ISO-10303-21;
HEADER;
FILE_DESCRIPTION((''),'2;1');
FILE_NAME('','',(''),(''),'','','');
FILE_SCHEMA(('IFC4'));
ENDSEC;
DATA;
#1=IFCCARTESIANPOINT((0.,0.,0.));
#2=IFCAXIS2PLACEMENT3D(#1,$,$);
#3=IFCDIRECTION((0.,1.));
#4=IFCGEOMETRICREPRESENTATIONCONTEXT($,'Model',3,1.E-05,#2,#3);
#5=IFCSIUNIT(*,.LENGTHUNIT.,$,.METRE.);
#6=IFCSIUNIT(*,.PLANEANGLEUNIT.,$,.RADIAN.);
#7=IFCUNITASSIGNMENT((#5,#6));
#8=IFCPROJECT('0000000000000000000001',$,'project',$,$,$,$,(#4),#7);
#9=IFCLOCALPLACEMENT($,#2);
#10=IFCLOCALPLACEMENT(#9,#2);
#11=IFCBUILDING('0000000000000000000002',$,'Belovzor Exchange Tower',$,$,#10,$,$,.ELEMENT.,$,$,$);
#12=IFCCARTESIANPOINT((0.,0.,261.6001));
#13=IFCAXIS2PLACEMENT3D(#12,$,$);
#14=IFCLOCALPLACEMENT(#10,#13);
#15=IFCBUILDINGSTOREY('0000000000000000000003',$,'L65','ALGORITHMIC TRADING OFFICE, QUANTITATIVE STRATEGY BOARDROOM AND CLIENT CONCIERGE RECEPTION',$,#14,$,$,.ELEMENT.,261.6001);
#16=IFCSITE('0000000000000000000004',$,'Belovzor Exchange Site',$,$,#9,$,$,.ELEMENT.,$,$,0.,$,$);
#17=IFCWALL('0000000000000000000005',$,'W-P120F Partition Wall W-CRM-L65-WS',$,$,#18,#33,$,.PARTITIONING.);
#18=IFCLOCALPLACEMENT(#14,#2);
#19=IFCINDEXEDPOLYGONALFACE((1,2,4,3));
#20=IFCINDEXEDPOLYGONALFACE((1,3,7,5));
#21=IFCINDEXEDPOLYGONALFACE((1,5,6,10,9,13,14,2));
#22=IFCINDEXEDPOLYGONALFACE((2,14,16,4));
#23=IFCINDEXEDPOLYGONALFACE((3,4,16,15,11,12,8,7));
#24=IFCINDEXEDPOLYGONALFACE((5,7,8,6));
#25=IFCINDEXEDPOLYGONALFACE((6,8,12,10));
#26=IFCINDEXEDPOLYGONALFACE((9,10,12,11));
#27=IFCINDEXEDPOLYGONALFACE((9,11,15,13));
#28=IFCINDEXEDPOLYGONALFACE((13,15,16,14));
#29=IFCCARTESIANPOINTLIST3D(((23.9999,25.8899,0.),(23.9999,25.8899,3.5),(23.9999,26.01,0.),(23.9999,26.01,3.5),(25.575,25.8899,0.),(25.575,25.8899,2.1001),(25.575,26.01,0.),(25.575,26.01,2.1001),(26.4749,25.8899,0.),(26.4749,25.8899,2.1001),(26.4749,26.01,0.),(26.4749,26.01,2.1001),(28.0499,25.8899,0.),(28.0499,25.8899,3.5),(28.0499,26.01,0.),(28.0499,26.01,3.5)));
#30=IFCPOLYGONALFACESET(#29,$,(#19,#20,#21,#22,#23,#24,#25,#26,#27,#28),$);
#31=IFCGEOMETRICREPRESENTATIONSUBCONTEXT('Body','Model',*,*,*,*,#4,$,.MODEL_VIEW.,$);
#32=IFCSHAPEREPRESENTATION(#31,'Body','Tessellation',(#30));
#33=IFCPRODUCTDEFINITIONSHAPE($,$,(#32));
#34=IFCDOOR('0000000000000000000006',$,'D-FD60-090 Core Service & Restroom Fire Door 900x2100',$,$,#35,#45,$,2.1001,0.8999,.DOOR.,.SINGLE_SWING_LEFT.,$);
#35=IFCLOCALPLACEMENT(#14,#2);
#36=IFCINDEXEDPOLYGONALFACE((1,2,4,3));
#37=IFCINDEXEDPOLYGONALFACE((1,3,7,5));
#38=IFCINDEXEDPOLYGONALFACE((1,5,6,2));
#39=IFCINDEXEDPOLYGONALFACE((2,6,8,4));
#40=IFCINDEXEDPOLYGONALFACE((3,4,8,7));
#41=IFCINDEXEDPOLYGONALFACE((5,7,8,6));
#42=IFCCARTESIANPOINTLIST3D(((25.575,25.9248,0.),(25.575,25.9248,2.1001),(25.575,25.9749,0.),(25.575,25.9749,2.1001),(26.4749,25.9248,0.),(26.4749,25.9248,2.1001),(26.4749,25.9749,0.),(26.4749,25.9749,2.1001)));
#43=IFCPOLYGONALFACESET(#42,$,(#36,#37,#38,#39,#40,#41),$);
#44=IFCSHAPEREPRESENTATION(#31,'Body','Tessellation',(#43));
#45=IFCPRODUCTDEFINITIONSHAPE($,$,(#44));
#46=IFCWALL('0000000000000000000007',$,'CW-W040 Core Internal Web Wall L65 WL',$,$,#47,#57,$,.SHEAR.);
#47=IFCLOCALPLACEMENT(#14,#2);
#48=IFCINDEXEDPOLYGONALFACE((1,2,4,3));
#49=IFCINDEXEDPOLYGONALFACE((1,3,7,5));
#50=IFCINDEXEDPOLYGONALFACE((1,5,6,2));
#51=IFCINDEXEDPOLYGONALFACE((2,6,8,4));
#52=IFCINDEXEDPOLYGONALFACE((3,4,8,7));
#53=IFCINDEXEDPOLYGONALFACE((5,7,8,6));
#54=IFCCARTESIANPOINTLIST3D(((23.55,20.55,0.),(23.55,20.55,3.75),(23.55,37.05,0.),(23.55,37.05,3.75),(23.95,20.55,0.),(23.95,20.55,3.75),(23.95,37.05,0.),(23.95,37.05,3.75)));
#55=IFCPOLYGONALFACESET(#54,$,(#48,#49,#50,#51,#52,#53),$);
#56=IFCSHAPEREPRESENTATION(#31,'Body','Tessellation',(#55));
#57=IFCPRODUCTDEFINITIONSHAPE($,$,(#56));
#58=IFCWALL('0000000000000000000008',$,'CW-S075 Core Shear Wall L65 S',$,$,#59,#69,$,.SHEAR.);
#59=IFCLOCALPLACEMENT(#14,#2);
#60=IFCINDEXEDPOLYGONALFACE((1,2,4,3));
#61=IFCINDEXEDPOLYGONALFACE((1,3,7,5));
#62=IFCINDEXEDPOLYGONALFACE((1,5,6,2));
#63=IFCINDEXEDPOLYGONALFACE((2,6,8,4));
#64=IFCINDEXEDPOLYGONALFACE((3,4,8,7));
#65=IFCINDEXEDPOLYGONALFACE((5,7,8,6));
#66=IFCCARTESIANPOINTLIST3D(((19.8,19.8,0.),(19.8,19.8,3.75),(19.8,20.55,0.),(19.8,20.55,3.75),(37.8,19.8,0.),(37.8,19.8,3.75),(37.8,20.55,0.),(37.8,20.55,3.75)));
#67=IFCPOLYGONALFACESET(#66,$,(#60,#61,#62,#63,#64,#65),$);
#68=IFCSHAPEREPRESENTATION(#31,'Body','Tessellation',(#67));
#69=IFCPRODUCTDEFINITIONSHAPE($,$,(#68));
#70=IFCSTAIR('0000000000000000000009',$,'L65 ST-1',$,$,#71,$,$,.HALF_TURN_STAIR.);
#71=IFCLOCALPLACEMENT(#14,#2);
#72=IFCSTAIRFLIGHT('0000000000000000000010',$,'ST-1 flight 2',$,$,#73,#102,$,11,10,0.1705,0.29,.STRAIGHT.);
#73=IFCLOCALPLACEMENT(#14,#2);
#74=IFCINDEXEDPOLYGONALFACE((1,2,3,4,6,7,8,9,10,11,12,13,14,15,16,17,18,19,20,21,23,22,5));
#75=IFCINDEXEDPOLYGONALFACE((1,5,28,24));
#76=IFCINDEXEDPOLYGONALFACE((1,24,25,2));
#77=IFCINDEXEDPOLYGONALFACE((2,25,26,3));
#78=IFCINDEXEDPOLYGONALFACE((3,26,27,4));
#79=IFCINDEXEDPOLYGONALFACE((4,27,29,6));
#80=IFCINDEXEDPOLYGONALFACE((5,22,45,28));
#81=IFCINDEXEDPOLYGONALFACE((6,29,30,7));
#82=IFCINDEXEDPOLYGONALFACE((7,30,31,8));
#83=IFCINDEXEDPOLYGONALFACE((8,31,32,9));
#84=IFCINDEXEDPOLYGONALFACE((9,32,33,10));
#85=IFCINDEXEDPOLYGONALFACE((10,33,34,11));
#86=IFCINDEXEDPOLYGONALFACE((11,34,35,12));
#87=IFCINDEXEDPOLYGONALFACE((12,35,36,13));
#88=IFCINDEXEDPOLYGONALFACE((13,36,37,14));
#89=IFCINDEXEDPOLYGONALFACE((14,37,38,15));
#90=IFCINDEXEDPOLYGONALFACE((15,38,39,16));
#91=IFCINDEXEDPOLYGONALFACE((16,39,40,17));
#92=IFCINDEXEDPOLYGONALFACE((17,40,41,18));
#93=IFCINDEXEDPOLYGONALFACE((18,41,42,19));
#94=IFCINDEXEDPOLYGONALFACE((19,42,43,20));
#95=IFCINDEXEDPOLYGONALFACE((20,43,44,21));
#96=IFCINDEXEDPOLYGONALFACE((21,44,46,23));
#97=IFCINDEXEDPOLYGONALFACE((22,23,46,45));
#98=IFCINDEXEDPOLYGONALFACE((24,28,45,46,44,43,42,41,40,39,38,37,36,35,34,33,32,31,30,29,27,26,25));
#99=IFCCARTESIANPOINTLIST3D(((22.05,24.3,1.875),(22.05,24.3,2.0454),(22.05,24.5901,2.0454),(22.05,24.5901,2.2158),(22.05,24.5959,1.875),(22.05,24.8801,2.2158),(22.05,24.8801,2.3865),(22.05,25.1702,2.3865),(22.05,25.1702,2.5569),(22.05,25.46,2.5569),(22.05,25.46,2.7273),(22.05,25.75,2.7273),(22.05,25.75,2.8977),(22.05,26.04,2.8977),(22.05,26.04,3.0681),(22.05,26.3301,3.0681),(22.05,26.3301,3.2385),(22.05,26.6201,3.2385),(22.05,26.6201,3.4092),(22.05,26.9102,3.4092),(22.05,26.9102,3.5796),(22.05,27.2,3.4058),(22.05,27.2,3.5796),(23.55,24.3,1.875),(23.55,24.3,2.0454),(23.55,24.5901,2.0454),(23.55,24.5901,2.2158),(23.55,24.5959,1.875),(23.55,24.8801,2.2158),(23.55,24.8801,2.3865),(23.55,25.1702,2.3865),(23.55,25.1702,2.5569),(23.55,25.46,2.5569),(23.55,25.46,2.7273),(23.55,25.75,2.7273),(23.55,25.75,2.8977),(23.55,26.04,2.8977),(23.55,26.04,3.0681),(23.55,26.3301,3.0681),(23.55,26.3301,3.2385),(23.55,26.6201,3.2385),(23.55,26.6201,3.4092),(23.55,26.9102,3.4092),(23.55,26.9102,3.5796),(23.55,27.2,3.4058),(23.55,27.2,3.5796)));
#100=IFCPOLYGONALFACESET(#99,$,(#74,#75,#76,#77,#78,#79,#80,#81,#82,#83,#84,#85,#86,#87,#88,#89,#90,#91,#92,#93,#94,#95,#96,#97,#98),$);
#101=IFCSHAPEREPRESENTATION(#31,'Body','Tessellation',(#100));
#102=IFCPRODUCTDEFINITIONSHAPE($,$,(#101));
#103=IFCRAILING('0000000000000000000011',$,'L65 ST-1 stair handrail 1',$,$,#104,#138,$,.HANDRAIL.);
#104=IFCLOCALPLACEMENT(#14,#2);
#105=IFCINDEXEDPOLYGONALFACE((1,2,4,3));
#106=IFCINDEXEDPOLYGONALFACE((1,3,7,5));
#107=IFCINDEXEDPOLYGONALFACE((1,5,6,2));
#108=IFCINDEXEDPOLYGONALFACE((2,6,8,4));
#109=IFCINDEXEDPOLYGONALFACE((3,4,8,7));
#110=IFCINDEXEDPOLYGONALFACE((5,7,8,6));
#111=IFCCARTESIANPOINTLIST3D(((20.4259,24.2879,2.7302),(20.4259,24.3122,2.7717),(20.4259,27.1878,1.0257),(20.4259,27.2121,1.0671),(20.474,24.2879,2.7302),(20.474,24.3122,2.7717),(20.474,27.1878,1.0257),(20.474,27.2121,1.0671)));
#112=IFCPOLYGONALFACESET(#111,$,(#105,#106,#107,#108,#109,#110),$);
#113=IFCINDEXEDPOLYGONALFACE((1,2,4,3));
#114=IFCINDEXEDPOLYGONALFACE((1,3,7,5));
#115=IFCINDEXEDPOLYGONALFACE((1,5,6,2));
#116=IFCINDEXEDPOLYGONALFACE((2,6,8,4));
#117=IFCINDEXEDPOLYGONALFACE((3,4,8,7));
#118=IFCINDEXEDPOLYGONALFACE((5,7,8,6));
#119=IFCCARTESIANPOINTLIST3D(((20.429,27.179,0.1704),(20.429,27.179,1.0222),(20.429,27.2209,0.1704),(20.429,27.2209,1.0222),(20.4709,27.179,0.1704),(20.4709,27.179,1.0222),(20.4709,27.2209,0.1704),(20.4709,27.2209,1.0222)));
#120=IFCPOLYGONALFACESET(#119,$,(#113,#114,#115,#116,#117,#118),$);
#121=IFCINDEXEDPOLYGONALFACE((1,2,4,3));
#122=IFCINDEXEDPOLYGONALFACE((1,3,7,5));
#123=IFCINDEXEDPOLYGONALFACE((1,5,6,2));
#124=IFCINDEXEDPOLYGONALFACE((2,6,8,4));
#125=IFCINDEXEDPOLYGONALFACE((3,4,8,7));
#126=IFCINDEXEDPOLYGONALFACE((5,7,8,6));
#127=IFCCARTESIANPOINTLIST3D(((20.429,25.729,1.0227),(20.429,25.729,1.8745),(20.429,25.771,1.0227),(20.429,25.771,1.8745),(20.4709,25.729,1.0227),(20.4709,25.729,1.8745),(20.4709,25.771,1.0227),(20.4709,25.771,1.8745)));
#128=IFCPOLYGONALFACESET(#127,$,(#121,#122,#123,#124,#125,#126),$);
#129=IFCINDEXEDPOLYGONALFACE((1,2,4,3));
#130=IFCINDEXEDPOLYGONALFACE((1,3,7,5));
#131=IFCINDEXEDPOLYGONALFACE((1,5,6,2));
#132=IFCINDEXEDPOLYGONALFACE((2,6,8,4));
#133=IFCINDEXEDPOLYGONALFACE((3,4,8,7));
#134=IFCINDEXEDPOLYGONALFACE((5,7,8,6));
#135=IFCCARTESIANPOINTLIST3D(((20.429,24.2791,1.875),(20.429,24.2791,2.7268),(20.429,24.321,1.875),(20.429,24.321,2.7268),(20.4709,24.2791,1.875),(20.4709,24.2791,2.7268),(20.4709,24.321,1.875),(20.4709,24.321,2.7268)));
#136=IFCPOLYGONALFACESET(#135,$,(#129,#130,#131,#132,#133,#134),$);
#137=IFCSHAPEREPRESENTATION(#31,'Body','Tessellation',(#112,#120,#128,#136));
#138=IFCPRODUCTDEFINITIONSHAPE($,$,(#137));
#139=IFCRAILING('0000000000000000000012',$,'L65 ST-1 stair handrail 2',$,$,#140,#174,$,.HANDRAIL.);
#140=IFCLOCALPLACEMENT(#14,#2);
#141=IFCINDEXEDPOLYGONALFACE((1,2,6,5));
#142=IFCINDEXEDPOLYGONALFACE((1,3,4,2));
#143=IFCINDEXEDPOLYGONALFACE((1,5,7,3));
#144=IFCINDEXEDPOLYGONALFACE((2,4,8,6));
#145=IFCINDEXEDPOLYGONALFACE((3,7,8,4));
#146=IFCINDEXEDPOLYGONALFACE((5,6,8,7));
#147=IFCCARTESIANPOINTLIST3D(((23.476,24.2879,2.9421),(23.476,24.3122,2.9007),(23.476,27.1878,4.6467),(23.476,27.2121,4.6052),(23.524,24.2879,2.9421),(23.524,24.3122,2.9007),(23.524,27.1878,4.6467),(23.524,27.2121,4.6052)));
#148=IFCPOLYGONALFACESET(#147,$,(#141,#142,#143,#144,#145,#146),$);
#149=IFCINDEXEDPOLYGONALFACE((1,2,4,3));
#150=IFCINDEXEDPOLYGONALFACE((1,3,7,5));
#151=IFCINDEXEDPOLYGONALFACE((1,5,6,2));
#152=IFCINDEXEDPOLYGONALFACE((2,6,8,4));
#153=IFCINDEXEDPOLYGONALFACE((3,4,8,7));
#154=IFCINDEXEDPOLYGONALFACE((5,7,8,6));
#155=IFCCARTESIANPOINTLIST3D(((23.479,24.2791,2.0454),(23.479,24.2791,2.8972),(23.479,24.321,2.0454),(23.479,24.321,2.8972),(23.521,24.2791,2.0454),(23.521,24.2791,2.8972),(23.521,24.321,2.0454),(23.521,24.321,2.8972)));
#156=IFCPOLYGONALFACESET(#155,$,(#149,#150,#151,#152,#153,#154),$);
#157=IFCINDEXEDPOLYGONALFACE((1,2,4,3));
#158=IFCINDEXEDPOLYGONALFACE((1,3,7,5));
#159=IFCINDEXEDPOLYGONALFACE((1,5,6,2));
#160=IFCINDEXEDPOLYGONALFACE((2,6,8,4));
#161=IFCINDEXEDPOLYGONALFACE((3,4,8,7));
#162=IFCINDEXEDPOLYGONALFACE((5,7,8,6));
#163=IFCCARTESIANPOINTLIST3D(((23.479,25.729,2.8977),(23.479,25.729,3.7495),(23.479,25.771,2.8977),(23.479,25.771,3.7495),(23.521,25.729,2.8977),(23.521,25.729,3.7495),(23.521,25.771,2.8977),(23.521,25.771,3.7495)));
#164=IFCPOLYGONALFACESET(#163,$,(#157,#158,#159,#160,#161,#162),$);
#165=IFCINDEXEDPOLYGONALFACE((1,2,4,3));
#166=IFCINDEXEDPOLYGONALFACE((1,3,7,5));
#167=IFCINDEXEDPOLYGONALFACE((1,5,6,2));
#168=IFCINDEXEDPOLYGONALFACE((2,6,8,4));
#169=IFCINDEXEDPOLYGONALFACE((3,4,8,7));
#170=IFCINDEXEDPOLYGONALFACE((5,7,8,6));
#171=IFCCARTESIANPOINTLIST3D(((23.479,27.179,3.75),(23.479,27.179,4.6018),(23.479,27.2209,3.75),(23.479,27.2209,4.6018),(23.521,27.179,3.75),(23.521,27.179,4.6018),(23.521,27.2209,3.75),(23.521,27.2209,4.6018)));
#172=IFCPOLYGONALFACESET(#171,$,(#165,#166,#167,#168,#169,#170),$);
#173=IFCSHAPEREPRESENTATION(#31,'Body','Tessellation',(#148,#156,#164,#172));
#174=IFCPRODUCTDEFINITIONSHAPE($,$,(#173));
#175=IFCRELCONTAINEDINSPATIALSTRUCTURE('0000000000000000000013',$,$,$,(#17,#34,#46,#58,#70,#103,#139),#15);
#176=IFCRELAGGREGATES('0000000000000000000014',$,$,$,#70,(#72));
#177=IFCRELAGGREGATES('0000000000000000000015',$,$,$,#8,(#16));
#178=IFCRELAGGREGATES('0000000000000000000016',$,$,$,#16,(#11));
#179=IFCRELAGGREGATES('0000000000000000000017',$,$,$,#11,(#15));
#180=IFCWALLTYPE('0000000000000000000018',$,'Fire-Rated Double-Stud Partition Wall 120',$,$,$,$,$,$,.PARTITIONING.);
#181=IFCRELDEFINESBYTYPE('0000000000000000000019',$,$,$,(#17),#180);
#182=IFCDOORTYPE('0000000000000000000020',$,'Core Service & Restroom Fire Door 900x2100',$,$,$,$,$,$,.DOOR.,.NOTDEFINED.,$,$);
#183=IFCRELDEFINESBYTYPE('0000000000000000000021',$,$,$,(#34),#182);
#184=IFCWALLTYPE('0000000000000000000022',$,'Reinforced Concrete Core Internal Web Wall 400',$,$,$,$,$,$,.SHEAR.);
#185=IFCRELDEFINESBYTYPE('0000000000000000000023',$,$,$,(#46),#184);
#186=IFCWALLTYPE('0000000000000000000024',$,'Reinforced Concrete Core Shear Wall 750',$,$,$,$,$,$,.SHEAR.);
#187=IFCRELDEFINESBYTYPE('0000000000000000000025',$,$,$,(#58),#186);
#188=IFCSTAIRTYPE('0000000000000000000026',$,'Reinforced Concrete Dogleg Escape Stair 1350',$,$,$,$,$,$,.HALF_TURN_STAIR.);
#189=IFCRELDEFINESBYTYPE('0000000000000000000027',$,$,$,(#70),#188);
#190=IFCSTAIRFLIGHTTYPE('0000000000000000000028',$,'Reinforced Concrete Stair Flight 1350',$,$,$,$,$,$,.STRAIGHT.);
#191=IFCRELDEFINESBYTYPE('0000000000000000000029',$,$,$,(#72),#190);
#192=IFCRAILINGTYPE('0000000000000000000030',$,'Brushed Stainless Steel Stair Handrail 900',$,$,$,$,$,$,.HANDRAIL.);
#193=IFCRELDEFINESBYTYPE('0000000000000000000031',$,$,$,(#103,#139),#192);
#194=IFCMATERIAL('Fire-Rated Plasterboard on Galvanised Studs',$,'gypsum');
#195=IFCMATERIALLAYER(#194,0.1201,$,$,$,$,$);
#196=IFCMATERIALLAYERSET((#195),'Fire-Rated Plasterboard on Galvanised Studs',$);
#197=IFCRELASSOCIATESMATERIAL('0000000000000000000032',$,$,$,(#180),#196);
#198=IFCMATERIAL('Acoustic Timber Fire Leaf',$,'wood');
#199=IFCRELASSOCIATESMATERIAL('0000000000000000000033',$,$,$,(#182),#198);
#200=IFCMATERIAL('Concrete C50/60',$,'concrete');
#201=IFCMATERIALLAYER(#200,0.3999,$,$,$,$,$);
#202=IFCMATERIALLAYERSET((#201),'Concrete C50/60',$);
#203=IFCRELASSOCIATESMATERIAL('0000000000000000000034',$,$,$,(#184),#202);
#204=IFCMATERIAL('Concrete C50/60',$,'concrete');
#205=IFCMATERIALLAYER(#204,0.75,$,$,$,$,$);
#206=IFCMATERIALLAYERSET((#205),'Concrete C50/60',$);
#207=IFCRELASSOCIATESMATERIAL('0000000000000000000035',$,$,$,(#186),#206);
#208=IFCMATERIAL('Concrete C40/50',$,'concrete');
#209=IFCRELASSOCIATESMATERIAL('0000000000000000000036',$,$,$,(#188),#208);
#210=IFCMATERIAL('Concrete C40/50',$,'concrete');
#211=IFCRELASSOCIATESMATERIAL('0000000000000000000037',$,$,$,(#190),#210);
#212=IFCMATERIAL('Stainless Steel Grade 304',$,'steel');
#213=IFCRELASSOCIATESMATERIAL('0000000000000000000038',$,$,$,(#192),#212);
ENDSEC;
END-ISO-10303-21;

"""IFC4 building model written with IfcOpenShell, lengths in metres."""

from ifc_helpers import new_model, si_unit, direction, frame, frame_2d, origin, origin_2d, place, context, subcontext, project, spatial, polyline, rectangle, outline, extrude, material, layer, layer_set, type_object, element, fill, aggregate, save


model = new_model("IFC4")

# Units and contexts
model_context = context("Model", 3, precision=1e-05, world=origin(), true_north=direction((0.0, 1.0)))
body_context = subcontext(model_context, "Body", "Model", "MODEL_VIEW")
ifc_project = project(units=[si_unit("LENGTHUNIT", "METRE"), si_unit("PLANEANGLEUNIT", "RADIAN")], contexts=[model_context])

# Site, building, storey
site_placement = place(None, origin())
site = spatial("IfcSite", under=ifc_project, at=site_placement, Name="Belovzor Exchange Site", CompositionType="ELEMENT", RefElevation=0.0)
building_placement = place(site_placement, origin())
building = spatial("IfcBuilding", under=site, at=building_placement, Name="Belovzor Exchange Tower", CompositionType="ELEMENT")
storey_placement = place(building_placement, frame((0.0, 0.0, 261.6001)))
storey = spatial("IfcBuildingStorey", under=building, at=storey_placement, Name="L65", Description="ALGORITHMIC TRADING OFFICE, QUANTITATIVE STRATEGY BOARDROOM AND CLIENT CONCIERGE RECEPTION", CompositionType="ELEMENT", Elevation=261.6001)

# Wall, opening, door
ifc_material_1 = material(Name="Fire-Rated Plasterboard on Galvanised Studs", Category="gypsum")
ifc_layer_1 = layer(ifc_material_1, 0.1201)
ifc_layer_set_1 = layer_set([ifc_layer_1], Name="Fire-Rated Plasterboard on Galvanised Studs")
wall_type_1 = type_object("IfcWallType", Name="Fire-Rated Double-Stud Partition Wall 120", PredefinedType="PARTITIONING", material=ifc_layer_set_1)
ifc_material_2 = material(Name="Acoustic Timber Fire Leaf", Category="wood")
door_type_1 = type_object("IfcDoorType", Name="Core Service & Restroom Fire Door 900x2100", OperationType="NOTDEFINED", PredefinedType="DOOR", material=ifc_material_2)
wall_1_placement = place(storey_placement, frame((24.0, 25.95, 0.0), z_axis=(0.0, 0.0, 1.0), x_axis=(1.0, 0.0, 0.0)))
wall_1 = element("IfcWall", 1, at=wall_1_placement, inside=storey, type_object=wall_type_1, Name="W-P120F Partition Wall W-CRM-L65-WS", PredefinedType="PARTITIONING", context=body_context, shape_type="SweptSolid", body=[
    extrude(rectangle(XDim=4.05, YDim=0.1201, at=frame_2d((2.0249, 0.0))), origin(), (0.0, 0.0, 1.0), 3.5),
])
opening_1_placement = place(wall_1_placement, frame((1.575, 0.0, 0.0)))
opening_1 = element("IfcOpeningElement", 2, at=opening_1_placement, cuts=wall_1, PredefinedType="OPENING", context=body_context, shape_type="SweptSolid", body=[
    extrude(rectangle(XDim=0.8999, YDim=2.1001, at=frame_2d((0.45, 1.05))), frame((0.0, 0.0701, 0.0), z_axis=(0.0, -1.0, 0.0), x_axis=(1.0, 0.0, 0.0)), (0.0, 0.0, 1.0), 0.1401),
])
door_1_placement = place(opening_1_placement, origin())
door_1 = element("IfcDoor", 3, at=door_1_placement, inside=storey, type_object=door_type_1, Name="D-FD60-090 Core Service & Restroom Fire Door 900x2100", OperationType="SINGLE_SWING_LEFT", OverallHeight=2.1001, OverallWidth=0.8999, PredefinedType="DOOR", context=body_context, shape_type="SweptSolid", body=[
    extrude(rectangle(XDim=0.8999, YDim=2.1001, at=frame_2d((0.45, 1.05))), frame((0.0, 0.0249, 0.0), z_axis=(0.0, -1.0, 0.0), x_axis=(1.0, 0.0, 0.0)), (0.0, 0.0, 1.0), 0.05),
])
fill(opening_1, door_1)

# Walls
ifc_material_3 = material(Name="Concrete C50/60", Category="concrete")
ifc_layer_2 = layer(ifc_material_3, 0.3999)
ifc_layer_set_2 = layer_set([ifc_layer_2], Name="Concrete C50/60")
wall_type_2 = type_object("IfcWallType", Name="Reinforced Concrete Core Internal Web Wall 400", PredefinedType="SHEAR", material=ifc_layer_set_2)
wall_2_placement = place(storey_placement, frame((23.75, 20.55, 0.0), z_axis=(0.0, 0.0, 1.0), x_axis=(0.0, 1.0, 0.0)))
element("IfcWall", 4, at=wall_2_placement, inside=storey, type_object=wall_type_2, Name="CW-W040 Core Internal Web Wall L65 WL", PredefinedType="SHEAR", context=body_context, shape_type="SweptSolid", body=[
    extrude(rectangle(XDim=16.5, YDim=0.3999, at=frame_2d((8.25, 0.0))), origin(), (0.0, 0.0, 1.0), 3.75),
])
ifc_material_4 = material(Name="Concrete C50/60", Category="concrete")
ifc_layer_3 = layer(ifc_material_4, 0.75)
ifc_layer_set_3 = layer_set([ifc_layer_3], Name="Concrete C50/60")
wall_type_3 = type_object("IfcWallType", Name="Reinforced Concrete Core Shear Wall 750", PredefinedType="SHEAR", material=ifc_layer_set_3)
wall_3_placement = place(storey_placement, frame((19.8, 20.175, 0.0), z_axis=(0.0, 0.0, 1.0), x_axis=(1.0, 0.0, 0.0)))
element("IfcWall", 5, at=wall_3_placement, inside=storey, type_object=wall_type_3, Name="CW-S075 Core Shear Wall L65 S", PredefinedType="SHEAR", context=body_context, shape_type="SweptSolid", body=[
    extrude(rectangle(XDim=18.0, YDim=0.75, at=frame_2d((9.0, 0.0))), origin(), (0.0, 0.0, 1.0), 3.75),
])

# Stair, stair flight
ifc_material_5 = material(Name="Concrete C40/50", Category="concrete")
stair_type = type_object("IfcStairType", Name="Reinforced Concrete Dogleg Escape Stair 1350", PredefinedType="HALF_TURN_STAIR", material=ifc_material_5)
stair_placement = place(storey_placement, origin())
stair = element("IfcStair", 6, at=stair_placement, inside=storey, type_object=stair_type, Name="L65 ST-1", PredefinedType="HALF_TURN_STAIR")
ifc_material_6 = material(Name="Concrete C40/50", Category="concrete")
stair_flight_type = type_object("IfcStairFlightType", Name="Reinforced Concrete Stair Flight 1350", PredefinedType="STRAIGHT", material=ifc_material_6)
stair_flight_placement = place(storey_placement, frame((22.8, 24.3, 1.875), z_axis=(0.0, 0.0, 1.0), x_axis=(0.0, 1.0, 0.0)))
stair_flight = element("IfcStairFlight", 7, at=stair_flight_placement, type_object=stair_flight_type, Name="ST-1 flight 2", NumberOfRisers=11, NumberOfTreads=10, PredefinedType="STRAIGHT", RiserHeight=0.1705, TreadLength=0.29, context=body_context, shape_type="SweptSolid", body=[
    extrude(outline(polyline([(0.0, 0.0), (0.0, 0.1704), (0.29, 0.1704), (0.29, 0.3408), (0.5801, 0.3408), (0.5801, 0.5115), (0.8701, 0.5115), (0.8701, 0.6819), (1.1599, 0.6819), (1.1599, 0.8523), (1.45, 0.8523), (1.45, 1.0227), (1.74, 1.0227), (1.74, 1.1931), (2.03, 1.1931), (2.03, 1.3635), (2.3201, 1.3635), (2.3201, 1.5342), (2.6101, 1.5342), (2.6101, 1.7046), (2.8999, 1.7046), (2.8999, 1.875), (2.8999, 1.5308), (0.2959, 0.0), (0.0, 0.0)])), frame((0.0, 0.75, 0.0), z_axis=(0.0, -1.0, 0.0), x_axis=(1.0, 0.0, 0.0)), (0.0, 0.0, 1.0), 1.5),
])
aggregate(stair, [stair_flight])

# Railings
ifc_material_7 = material(Name="Stainless Steel Grade 304", Category="steel")
railing_type_1 = type_object("IfcRailingType", Name="Brushed Stainless Steel Stair Handrail 900", PredefinedType="HANDRAIL", material=ifc_material_7)
railing_1_placement = place(storey_placement, frame((20.45, 27.2, 0.1704)))
element("IfcRailing", 8, at=railing_1_placement, inside=storey, type_object=railing_type_1, Name="L65 ST-1 stair handrail 1", PredefinedType="HANDRAIL", context=body_context, shape_type="SweptSolid", body=[
    extrude(rectangle(XDim=0.0481, YDim=0.0481, at=origin_2d()), frame((0.0, 0.0, 0.876), z_axis=(0.0, -0.862095, 0.506747), x_axis=(1.0, 0.0, 0.0)), (0.0, 0.0, 1.0), 3.3638),
    extrude(rectangle(XDim=0.042, YDim=0.042, at=origin_2d()), origin(), (0.0, 0.0, 1.0), 0.8518),
    extrude(rectangle(XDim=0.042, YDim=0.042, at=origin_2d()), frame((0.0, -1.45, 0.8523)), (0.0, 0.0, 1.0), 0.8518),
    extrude(rectangle(XDim=0.042, YDim=0.042, at=origin_2d()), frame((0.0, -2.8999, 1.7046)), (0.0, 0.0, 1.0), 0.8518),
])
railing_2_placement = place(storey_placement, frame((23.5, 24.3, 2.0454)))
element("IfcRailing", 9, at=railing_2_placement, inside=storey, type_object=railing_type_1, Name="L65 ST-1 stair handrail 2", PredefinedType="HANDRAIL", context=body_context, shape_type="SweptSolid", body=[
    extrude(rectangle(XDim=0.0481, YDim=0.0481, at=origin_2d()), frame((0.0, 0.0, 0.876), z_axis=(0.0, 0.862095, 0.506747), x_axis=(-1.0, 0.0, 0.0)), (0.0, 0.0, 1.0), 3.3638),
    extrude(rectangle(XDim=0.042, YDim=0.042, at=origin_2d()), origin(), (0.0, 0.0, 1.0), 0.8518),
    extrude(rectangle(XDim=0.042, YDim=0.042, at=origin_2d()), frame((0.0, 1.45, 0.8523)), (0.0, 0.0, 1.0), 0.8518),
    extrude(rectangle(XDim=0.042, YDim=0.042, at=origin_2d()), frame((0.0, 2.8999, 1.7046)), (0.0, 0.0, 1.0), 0.8518),
])

save(model, "model.ifc")
